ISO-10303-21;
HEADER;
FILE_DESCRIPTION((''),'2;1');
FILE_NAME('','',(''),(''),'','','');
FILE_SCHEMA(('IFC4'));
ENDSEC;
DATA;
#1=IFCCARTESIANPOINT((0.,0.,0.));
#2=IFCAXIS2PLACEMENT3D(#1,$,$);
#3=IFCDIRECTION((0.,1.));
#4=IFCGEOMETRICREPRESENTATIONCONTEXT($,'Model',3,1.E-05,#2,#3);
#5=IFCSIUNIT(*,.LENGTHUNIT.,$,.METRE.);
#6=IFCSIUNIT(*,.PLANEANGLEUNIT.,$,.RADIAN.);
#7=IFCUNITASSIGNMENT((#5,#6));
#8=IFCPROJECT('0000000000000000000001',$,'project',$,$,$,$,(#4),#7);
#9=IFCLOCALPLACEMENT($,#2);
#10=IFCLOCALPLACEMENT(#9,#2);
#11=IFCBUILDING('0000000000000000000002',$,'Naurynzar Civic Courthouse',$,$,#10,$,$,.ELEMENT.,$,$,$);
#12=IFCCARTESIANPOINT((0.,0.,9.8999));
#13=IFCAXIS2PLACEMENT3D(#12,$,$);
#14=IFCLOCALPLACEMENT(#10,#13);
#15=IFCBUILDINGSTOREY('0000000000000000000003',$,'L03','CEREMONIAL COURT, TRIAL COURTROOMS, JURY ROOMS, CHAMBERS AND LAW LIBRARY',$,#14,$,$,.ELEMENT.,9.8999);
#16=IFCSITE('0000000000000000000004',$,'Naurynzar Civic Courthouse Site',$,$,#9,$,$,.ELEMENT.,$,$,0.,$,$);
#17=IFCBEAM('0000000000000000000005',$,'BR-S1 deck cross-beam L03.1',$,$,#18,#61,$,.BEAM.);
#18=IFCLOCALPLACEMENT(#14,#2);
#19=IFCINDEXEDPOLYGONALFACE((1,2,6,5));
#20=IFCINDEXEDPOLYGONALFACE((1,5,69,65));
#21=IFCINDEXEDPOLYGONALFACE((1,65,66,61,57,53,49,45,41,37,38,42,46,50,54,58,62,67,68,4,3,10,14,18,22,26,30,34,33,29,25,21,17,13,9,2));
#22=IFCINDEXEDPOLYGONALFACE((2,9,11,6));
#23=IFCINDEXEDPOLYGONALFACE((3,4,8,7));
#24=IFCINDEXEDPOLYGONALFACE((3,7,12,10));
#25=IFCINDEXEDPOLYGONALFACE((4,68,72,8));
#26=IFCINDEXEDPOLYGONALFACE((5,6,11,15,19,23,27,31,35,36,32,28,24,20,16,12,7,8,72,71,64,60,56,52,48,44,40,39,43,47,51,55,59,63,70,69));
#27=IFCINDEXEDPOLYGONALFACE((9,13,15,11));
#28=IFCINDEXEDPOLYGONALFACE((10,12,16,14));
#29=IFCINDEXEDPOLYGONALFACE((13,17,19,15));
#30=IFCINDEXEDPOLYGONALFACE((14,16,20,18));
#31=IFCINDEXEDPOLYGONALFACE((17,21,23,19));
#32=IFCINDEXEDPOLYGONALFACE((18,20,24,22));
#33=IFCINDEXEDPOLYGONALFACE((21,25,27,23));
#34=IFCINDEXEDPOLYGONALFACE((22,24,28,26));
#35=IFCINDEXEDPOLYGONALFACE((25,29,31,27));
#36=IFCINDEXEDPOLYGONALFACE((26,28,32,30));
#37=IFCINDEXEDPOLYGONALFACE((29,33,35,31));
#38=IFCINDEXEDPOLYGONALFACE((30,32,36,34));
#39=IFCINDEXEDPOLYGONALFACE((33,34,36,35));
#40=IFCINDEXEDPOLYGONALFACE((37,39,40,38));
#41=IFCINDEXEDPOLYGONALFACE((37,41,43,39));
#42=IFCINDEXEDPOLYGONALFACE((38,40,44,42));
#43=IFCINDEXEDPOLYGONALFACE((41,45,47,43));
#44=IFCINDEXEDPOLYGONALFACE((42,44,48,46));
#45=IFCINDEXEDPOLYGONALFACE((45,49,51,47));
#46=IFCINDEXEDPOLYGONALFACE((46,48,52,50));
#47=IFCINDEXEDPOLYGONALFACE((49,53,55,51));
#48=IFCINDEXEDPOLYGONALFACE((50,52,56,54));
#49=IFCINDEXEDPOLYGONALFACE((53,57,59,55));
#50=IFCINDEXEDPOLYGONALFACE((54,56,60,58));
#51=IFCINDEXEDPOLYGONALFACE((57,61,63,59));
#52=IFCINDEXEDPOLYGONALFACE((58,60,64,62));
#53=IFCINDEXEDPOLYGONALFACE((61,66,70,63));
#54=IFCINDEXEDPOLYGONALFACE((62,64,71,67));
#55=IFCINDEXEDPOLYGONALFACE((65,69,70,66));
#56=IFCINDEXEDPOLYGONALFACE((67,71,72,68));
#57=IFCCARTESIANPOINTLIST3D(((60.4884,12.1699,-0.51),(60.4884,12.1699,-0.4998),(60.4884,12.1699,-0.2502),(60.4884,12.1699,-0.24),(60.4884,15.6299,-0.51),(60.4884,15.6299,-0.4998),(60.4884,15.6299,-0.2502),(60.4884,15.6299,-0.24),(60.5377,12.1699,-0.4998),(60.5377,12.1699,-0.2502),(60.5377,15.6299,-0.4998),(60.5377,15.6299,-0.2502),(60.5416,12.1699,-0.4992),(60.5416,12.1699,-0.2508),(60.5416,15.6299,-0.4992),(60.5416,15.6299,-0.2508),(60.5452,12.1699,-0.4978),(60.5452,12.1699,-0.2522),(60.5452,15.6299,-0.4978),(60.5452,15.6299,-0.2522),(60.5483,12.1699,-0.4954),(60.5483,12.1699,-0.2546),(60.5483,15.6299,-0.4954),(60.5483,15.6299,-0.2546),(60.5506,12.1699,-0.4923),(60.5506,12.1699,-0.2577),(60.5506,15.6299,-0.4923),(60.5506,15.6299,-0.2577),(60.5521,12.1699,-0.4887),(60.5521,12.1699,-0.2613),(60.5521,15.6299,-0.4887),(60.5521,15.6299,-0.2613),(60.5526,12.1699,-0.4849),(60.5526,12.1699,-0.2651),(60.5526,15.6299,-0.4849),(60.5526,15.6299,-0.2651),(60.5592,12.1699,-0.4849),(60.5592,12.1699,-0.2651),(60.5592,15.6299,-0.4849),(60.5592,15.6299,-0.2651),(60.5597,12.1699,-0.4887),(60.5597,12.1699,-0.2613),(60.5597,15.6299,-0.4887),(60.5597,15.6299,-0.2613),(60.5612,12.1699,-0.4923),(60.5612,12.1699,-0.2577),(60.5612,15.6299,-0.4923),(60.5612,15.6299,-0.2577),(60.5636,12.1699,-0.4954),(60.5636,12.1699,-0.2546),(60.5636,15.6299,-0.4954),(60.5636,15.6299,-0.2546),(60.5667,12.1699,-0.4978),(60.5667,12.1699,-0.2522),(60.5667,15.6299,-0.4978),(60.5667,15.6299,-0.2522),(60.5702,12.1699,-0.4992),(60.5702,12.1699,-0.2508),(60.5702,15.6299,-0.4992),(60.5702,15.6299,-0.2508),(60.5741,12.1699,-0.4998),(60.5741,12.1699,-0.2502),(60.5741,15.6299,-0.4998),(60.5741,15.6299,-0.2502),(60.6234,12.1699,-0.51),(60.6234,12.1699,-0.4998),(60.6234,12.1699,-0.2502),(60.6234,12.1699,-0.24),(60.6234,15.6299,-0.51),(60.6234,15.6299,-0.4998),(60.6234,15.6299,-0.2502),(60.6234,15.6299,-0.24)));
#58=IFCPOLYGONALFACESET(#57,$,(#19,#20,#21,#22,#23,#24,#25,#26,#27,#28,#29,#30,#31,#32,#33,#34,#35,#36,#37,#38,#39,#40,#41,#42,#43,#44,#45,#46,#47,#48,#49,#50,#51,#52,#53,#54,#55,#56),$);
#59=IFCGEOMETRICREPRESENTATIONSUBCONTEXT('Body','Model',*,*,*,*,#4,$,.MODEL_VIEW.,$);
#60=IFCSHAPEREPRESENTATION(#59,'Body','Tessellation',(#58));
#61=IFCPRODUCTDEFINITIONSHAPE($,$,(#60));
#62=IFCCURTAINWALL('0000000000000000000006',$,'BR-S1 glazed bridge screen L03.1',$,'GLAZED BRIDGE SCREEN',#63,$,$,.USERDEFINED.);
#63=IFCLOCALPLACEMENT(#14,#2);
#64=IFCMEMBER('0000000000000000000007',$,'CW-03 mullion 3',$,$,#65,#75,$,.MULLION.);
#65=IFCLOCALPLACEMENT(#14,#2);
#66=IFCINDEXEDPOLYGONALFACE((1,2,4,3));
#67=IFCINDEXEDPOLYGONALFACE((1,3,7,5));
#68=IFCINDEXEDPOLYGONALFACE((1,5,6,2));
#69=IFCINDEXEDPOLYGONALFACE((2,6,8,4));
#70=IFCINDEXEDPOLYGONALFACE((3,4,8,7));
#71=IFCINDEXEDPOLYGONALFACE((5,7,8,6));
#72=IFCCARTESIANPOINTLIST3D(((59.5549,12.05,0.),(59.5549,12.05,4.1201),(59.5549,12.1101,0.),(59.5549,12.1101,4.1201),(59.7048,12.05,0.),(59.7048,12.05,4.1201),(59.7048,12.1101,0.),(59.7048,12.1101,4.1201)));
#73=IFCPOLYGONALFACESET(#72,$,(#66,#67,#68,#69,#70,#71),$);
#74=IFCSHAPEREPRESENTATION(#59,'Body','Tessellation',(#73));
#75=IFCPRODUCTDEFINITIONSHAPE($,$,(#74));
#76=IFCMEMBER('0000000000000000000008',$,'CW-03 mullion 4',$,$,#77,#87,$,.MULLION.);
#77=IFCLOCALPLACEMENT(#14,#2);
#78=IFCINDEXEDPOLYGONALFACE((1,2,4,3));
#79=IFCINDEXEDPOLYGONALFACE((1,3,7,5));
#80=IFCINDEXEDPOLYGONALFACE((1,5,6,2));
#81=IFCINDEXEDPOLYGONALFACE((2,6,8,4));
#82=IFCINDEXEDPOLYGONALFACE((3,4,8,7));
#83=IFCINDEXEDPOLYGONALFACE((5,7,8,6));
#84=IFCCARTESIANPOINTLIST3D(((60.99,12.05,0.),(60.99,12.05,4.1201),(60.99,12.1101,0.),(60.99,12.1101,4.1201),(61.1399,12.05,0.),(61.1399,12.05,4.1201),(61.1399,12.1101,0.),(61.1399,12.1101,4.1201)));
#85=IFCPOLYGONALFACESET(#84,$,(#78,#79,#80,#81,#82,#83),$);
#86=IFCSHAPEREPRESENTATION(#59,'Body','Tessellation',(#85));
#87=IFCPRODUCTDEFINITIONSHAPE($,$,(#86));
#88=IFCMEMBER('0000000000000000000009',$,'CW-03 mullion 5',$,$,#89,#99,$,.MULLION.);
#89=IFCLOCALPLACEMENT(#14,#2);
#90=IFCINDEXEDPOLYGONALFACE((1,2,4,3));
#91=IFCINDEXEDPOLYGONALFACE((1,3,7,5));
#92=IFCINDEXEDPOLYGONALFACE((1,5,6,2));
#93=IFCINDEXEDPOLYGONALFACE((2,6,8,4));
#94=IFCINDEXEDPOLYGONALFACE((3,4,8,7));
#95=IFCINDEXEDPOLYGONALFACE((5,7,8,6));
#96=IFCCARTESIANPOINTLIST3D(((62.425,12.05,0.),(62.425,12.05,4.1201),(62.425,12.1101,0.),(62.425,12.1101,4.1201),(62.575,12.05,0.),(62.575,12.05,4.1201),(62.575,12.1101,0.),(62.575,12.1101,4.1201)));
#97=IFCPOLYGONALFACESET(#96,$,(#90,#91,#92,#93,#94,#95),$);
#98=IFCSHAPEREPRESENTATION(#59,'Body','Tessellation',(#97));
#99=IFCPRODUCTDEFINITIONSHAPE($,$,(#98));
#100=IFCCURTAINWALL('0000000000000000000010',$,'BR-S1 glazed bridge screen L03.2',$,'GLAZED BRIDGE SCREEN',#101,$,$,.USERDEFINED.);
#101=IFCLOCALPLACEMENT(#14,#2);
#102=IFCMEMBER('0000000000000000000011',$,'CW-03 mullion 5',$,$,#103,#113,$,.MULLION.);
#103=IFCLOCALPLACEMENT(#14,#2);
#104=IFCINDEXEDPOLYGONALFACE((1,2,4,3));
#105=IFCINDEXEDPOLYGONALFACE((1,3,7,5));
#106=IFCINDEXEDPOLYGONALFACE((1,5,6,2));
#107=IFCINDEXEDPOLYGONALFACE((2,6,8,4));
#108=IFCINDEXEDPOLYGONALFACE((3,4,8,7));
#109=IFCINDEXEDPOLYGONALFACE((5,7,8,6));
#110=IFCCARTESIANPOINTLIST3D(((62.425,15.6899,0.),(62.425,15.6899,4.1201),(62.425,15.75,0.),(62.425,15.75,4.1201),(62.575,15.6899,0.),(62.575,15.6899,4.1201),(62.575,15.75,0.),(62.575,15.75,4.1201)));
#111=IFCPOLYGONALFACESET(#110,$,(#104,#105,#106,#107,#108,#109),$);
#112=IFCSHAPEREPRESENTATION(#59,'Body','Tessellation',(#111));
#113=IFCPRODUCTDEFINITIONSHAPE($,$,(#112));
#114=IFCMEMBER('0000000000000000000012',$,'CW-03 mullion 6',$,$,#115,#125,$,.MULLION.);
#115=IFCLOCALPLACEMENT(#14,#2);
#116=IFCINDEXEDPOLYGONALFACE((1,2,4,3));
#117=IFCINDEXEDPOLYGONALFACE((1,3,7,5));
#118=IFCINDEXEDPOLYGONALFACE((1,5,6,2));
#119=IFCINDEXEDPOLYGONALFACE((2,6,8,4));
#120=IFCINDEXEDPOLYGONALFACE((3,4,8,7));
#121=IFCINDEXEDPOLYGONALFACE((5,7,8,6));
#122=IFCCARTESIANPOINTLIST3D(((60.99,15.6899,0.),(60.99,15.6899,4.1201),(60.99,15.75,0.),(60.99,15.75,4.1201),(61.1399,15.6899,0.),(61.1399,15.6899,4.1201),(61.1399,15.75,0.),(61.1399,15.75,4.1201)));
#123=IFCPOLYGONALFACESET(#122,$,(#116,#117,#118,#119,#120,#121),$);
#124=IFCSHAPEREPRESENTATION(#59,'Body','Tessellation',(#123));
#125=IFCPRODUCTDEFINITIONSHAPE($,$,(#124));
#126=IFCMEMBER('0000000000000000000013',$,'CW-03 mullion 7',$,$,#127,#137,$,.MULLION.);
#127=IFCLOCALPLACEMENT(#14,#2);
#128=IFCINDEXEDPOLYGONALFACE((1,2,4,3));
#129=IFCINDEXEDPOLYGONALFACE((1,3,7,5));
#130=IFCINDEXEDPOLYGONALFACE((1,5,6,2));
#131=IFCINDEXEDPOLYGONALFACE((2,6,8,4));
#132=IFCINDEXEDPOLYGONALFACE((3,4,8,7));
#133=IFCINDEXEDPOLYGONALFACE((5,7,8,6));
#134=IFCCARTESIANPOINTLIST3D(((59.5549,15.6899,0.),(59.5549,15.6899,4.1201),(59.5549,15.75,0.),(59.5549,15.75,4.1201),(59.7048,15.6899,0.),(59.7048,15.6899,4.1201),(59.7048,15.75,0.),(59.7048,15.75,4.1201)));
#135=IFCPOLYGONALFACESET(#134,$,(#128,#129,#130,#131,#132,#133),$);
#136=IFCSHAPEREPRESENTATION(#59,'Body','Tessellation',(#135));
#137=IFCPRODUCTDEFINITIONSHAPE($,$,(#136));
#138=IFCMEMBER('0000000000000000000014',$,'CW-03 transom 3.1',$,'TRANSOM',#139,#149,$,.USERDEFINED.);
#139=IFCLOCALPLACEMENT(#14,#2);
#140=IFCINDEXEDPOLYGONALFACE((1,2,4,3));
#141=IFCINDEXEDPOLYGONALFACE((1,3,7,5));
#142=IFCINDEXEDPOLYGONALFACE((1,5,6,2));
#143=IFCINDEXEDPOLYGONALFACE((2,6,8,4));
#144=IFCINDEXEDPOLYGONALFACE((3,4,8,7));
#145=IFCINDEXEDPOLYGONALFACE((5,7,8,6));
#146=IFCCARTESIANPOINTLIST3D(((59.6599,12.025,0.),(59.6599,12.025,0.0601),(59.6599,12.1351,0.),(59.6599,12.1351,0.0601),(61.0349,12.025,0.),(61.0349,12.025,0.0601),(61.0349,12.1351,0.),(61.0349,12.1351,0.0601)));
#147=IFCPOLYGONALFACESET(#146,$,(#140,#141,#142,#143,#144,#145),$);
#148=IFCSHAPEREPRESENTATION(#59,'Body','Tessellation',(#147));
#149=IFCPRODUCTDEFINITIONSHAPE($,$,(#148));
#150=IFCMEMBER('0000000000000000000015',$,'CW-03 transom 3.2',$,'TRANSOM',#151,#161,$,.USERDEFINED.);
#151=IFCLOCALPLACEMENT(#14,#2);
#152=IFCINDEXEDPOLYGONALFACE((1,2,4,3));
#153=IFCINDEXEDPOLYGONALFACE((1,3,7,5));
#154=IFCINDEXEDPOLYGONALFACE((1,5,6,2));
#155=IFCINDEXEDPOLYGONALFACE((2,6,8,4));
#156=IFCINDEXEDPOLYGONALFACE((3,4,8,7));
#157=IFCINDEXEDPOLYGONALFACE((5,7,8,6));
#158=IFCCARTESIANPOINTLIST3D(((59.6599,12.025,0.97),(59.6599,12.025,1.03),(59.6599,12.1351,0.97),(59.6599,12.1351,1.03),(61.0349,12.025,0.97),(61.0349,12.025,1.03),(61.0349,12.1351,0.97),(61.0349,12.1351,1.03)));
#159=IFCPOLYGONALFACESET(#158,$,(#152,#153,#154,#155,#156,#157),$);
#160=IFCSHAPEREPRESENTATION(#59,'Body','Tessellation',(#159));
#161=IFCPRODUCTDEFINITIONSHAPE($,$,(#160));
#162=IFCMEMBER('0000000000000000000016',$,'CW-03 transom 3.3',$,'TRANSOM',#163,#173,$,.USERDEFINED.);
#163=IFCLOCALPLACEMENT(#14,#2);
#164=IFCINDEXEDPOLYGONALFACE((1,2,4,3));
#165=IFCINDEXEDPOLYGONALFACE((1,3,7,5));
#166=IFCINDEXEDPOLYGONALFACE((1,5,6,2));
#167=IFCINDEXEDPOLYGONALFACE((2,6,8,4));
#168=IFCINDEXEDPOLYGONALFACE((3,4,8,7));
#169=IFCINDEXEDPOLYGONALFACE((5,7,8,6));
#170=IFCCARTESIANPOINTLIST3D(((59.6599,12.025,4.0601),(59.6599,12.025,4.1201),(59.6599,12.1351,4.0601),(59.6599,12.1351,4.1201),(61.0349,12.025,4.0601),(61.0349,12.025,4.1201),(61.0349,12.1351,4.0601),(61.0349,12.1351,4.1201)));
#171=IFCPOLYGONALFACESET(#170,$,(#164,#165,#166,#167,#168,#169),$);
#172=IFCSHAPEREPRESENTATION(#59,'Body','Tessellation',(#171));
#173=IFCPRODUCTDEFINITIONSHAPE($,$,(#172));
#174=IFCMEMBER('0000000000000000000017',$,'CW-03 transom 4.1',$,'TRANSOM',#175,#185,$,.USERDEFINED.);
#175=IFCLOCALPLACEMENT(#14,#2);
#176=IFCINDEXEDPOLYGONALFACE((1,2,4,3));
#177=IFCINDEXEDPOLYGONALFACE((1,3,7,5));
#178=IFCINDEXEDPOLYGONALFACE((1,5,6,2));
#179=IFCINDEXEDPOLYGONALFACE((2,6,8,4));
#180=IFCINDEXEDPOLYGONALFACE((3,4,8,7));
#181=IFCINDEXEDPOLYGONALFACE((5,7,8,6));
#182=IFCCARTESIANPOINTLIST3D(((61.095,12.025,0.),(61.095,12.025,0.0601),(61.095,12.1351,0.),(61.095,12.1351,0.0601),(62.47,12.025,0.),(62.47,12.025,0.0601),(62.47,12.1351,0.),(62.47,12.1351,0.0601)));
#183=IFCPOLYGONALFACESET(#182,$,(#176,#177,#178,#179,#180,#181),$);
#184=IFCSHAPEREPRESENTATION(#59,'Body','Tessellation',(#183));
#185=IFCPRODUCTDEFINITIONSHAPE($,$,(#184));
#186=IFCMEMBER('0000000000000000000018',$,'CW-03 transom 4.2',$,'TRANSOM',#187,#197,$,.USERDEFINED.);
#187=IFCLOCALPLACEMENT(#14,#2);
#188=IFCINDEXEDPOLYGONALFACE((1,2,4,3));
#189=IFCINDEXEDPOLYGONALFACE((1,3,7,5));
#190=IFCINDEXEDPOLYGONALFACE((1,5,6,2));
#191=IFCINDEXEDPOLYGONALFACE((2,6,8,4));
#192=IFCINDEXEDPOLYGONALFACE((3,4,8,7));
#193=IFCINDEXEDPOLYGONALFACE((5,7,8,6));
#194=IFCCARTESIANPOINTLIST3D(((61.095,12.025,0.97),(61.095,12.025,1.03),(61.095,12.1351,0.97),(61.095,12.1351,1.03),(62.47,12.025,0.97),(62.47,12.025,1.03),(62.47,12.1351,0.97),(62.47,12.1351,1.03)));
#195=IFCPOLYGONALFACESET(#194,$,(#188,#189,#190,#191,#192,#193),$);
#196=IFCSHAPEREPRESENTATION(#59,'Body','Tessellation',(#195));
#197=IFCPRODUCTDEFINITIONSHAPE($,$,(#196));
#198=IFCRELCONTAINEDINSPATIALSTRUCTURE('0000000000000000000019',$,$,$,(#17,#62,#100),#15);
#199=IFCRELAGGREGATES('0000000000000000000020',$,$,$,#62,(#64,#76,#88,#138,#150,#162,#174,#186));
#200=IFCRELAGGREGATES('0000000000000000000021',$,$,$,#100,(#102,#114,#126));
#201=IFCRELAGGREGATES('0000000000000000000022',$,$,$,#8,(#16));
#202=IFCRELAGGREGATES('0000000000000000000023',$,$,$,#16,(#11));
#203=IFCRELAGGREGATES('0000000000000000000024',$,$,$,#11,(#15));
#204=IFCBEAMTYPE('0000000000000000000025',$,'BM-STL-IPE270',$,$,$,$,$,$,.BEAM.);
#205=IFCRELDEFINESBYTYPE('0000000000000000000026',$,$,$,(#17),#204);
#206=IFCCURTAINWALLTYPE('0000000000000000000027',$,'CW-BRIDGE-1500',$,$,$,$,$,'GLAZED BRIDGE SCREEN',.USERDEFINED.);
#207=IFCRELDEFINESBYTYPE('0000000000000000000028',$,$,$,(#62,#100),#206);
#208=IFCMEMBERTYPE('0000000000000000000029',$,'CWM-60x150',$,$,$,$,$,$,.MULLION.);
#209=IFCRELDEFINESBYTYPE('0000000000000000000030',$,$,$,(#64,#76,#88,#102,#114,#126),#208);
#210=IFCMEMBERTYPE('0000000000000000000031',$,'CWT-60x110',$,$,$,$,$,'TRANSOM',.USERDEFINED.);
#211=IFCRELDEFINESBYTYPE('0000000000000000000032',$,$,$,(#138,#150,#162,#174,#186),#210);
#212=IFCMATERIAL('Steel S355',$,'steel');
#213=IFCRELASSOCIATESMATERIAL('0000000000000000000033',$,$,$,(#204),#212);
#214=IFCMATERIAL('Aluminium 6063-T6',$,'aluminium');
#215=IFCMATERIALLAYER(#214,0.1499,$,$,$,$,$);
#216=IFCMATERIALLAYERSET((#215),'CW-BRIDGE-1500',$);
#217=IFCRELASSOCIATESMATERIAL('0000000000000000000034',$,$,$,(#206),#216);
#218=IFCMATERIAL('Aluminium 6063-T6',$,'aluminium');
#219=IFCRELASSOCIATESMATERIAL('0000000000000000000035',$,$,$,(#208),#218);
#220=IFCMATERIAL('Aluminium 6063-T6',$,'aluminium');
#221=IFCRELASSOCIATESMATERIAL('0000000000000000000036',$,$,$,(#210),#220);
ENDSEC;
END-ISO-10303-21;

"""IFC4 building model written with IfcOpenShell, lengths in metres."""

from ifc_helpers import new_model, si_unit, direction, frame, origin, origin_2d, place, context, subcontext, project, spatial, rectangle, i_section, extrude, material, layer, layer_set, material_profile, profile_set, type_object, element, aggregate, save


model = new_model("IFC4")

# Units and contexts
model_context = context("Model", 3, precision=1e-05, world=origin(), true_north=direction((0.0, 1.0)))
body_context = subcontext(model_context, "Body", "Model", "MODEL_VIEW")
ifc_project = project(units=[si_unit("LENGTHUNIT", "METRE"), si_unit("PLANEANGLEUNIT", "RADIAN")], contexts=[model_context])

# Site, building, storey
site_placement = place(None, origin())
site = spatial("IfcSite", under=ifc_project, at=site_placement, Name="Naurynzar Civic Courthouse Site", CompositionType="ELEMENT", RefElevation=0.0)
building_placement = place(site_placement, origin())
building = spatial("IfcBuilding", under=site, at=building_placement, Name="Naurynzar Civic Courthouse", CompositionType="ELEMENT")
storey_placement = place(building_placement, frame((0.0, 0.0, 9.8999)))
storey = spatial("IfcBuildingStorey", under=building, at=storey_placement, Name="L03", Description="CEREMONIAL COURT, TRIAL COURTROOMS, JURY ROOMS, CHAMBERS AND LAW LIBRARY", CompositionType="ELEMENT", Elevation=9.8999)

# Beam
ifc_material_1 = material(Name="Steel S355", Category="steel")
ifc_material_profile_1 = material_profile(ifc_material_1, i_section(OverallWidth=0.135, OverallDepth=0.27, WebThickness=0.0066, FlangeThickness=0.0103, FilletRadius=0.0149, at=origin_2d()), Name="IPE 270")
ifc_profile_set_1 = profile_set([ifc_material_profile_1], Name="Steel S355")
beam_type = type_object("IfcBeamType", Name="BM-STL-IPE270", PredefinedType="BEAM", material=ifc_profile_set_1)
beam_placement = place(storey_placement, frame((60.5559, 12.1699, -0.375), z_axis=(0.0, 1.0, 0.0), x_axis=(-1.0, 0.0, 0.0)))
element("IfcBeam", 1, at=beam_placement, inside=storey, type_object=beam_type, Name="BR-S1 deck cross-beam L03.1", PredefinedType="BEAM", context=body_context, shape_type="SweptSolid", body=[
    extrude(i_section(OverallWidth=0.135, OverallDepth=0.27, WebThickness=0.0066, FlangeThickness=0.0103, FilletRadius=0.0149, at=origin_2d()), origin(), (0.0, 0.0, 1.0), 3.46),
])

# Curtain walls, members
ifc_material_2 = material(Name="Aluminium 6063-T6", Category="aluminium")
ifc_layer_1 = layer(ifc_material_2, 0.1499)
ifc_layer_set_1 = layer_set([ifc_layer_1], Name="CW-BRIDGE-1500")
curtain_wall_type = type_object("IfcCurtainWallType", Name="CW-BRIDGE-1500", ElementType="GLAZED BRIDGE SCREEN", PredefinedType="USERDEFINED", material=ifc_layer_set_1)
curtain_wall_1_placement = place(storey_placement, origin())
curtain_wall_1 = element("IfcCurtainWall", 2, at=curtain_wall_1_placement, inside=storey, type_object=curtain_wall_type, Name="BR-S1 glazed bridge screen L03.1", ObjectType="GLAZED BRIDGE SCREEN", PredefinedType="USERDEFINED")
ifc_material_3 = material(Name="Aluminium 6063-T6", Category="aluminium")
ifc_material_profile_2 = material_profile(ifc_material_3, rectangle(XDim=0.0601, YDim=0.1499, at=origin_2d()), Name="ALU MULLION 60x150")
ifc_profile_set_2 = profile_set([ifc_material_profile_2], Name="Aluminium 6063-T6")
member_type_1 = type_object("IfcMemberType", Name="CWM-60x150", PredefinedType="MULLION", material=ifc_profile_set_2)
member_1_placement = place(storey_placement, frame((59.6299, 12.0801, 0.0), z_axis=(0.0, 0.0, 1.0), x_axis=(0.0, 1.0, 0.0)))
member_1 = element("IfcMember", 3, at=member_1_placement, type_object=member_type_1, Name="CW-03 mullion 3", PredefinedType="MULLION", context=body_context, shape_type="SweptSolid", body=[
    extrude(rectangle(XDim=0.0601, YDim=0.1499, at=origin_2d()), origin(), (0.0, 0.0, 1.0), 4.1201),
])
member_2_placement = place(storey_placement, frame((61.0649, 12.0801, 0.0), z_axis=(0.0, 0.0, 1.0), x_axis=(0.0, 1.0, 0.0)))
member_2 = element("IfcMember", 4, at=member_2_placement, type_object=member_type_1, Name="CW-03 mullion 4", PredefinedType="MULLION", context=body_context, shape_type="SweptSolid", body=[
    extrude(rectangle(XDim=0.0601, YDim=0.1499, at=origin_2d()), origin(), (0.0, 0.0, 1.0), 4.1201),
])
member_3_placement = place(storey_placement, frame((62.5, 12.0801, 0.0), z_axis=(0.0, 0.0, 1.0), x_axis=(0.0, 1.0, 0.0)))
member_3 = element("IfcMember", 5, at=member_3_placement, type_object=member_type_1, Name="CW-03 mullion 5", PredefinedType="MULLION", context=body_context, shape_type="SweptSolid", body=[
    extrude(rectangle(XDim=0.0601, YDim=0.1499, at=origin_2d()), origin(), (0.0, 0.0, 1.0), 4.1201),
])
curtain_wall_2_placement = place(storey_placement, origin())
curtain_wall_2 = element("IfcCurtainWall", 6, at=curtain_wall_2_placement, inside=storey, type_object=curtain_wall_type, Name="BR-S1 glazed bridge screen L03.2", ObjectType="GLAZED BRIDGE SCREEN", PredefinedType="USERDEFINED")
member_4_placement = place(storey_placement, frame((62.5, 15.72, 0.0), z_axis=(0.0, 0.0, 1.0), x_axis=(0.0, -1.0, 0.0)))
member_4 = element("IfcMember", 7, at=member_4_placement, type_object=member_type_1, Name="CW-03 mullion 5", PredefinedType="MULLION", context=body_context, shape_type="SweptSolid", body=[
    extrude(rectangle(XDim=0.0601, YDim=0.1499, at=origin_2d()), origin(), (0.0, 0.0, 1.0), 4.1201),
])
member_5_placement = place(storey_placement, frame((61.0649, 15.72, 0.0), z_axis=(0.0, 0.0, 1.0), x_axis=(0.0, -1.0, 0.0)))
member_5 = element("IfcMember", 8, at=member_5_placement, type_object=member_type_1, Name="CW-03 mullion 6", PredefinedType="MULLION", context=body_context, shape_type="SweptSolid", body=[
    extrude(rectangle(XDim=0.0601, YDim=0.1499, at=origin_2d()), origin(), (0.0, 0.0, 1.0), 4.1201),
])
member_6_placement = place(storey_placement, frame((59.6299, 15.72, 0.0), z_axis=(0.0, 0.0, 1.0), x_axis=(0.0, -1.0, 0.0)))
member_6 = element("IfcMember", 9, at=member_6_placement, type_object=member_type_1, Name="CW-03 mullion 7", PredefinedType="MULLION", context=body_context, shape_type="SweptSolid", body=[
    extrude(rectangle(XDim=0.0601, YDim=0.1499, at=origin_2d()), origin(), (0.0, 0.0, 1.0), 4.1201),
])

# Members
ifc_material_4 = material(Name="Aluminium 6063-T6", Category="aluminium")
ifc_material_profile_3 = material_profile(ifc_material_4, rectangle(XDim=0.1101, YDim=0.0601, at=origin_2d()), Name="ALU TRANSOM 60x110")
ifc_profile_set_3 = profile_set([ifc_material_profile_3], Name="Aluminium 6063-T6")
member_type_2 = type_object("IfcMemberType", Name="CWT-60x110", ElementType="TRANSOM", PredefinedType="USERDEFINED", material=ifc_profile_set_3)
member_7_placement = place(storey_placement, frame((59.6599, 12.0801, 0.03), z_axis=(1.0, 0.0, 0.0), x_axis=(0.0, 1.0, 0.0)))
member_7 = element("IfcMember", 10, at=member_7_placement, type_object=member_type_2, Name="CW-03 transom 3.1", ObjectType="TRANSOM", PredefinedType="USERDEFINED", context=body_context, shape_type="SweptSolid", body=[
    extrude(rectangle(XDim=0.1101, YDim=0.0601, at=origin_2d()), origin(), (0.0, 0.0, 1.0), 1.375),
])
member_8_placement = place(storey_placement, frame((59.6599, 12.0801, 1.0), z_axis=(1.0, 0.0, 0.0), x_axis=(0.0, 1.0, 0.0)))
member_8 = element("IfcMember", 11, at=member_8_placement, type_object=member_type_2, Name="CW-03 transom 3.2", ObjectType="TRANSOM", PredefinedType="USERDEFINED", context=body_context, shape_type="SweptSolid", body=[
    extrude(rectangle(XDim=0.1101, YDim=0.0601, at=origin_2d()), origin(), (0.0, 0.0, 1.0), 1.375),
])
member_9_placement = place(storey_placement, frame((59.6599, 12.0801, 4.0901), z_axis=(1.0, 0.0, 0.0), x_axis=(0.0, 1.0, 0.0)))
member_9 = element("IfcMember", 12, at=member_9_placement, type_object=member_type_2, Name="CW-03 transom 3.3", ObjectType="TRANSOM", PredefinedType="USERDEFINED", context=body_context, shape_type="SweptSolid", body=[
    extrude(rectangle(XDim=0.1101, YDim=0.0601, at=origin_2d()), origin(), (0.0, 0.0, 1.0), 1.375),
])
member_10_placement = place(storey_placement, frame((61.095, 12.0801, 0.03), z_axis=(1.0, 0.0, 0.0), x_axis=(0.0, 1.0, 0.0)))
member_10 = element("IfcMember", 13, at=member_10_placement, type_object=member_type_2, Name="CW-03 transom 4.1", ObjectType="TRANSOM", PredefinedType="USERDEFINED", context=body_context, shape_type="SweptSolid", body=[
    extrude(rectangle(XDim=0.1101, YDim=0.0601, at=origin_2d()), origin(), (0.0, 0.0, 1.0), 1.375),
])
member_11_placement = place(storey_placement, frame((61.095, 12.0801, 1.0), z_axis=(1.0, 0.0, 0.0), x_axis=(0.0, 1.0, 0.0)))
member_11 = element("IfcMember", 14, at=member_11_placement, type_object=member_type_2, Name="CW-03 transom 4.2", ObjectType="TRANSOM", PredefinedType="USERDEFINED", context=body_context, shape_type="SweptSolid", body=[
    extrude(rectangle(XDim=0.1101, YDim=0.0601, at=origin_2d()), origin(), (0.0, 0.0, 1.0), 1.375),
])

aggregate(curtain_wall_1, [member_1, member_2, member_3, member_7, member_8, member_9, member_10, member_11])
aggregate(curtain_wall_2, [member_4, member_5, member_6])

save(model, "model.ifc")
